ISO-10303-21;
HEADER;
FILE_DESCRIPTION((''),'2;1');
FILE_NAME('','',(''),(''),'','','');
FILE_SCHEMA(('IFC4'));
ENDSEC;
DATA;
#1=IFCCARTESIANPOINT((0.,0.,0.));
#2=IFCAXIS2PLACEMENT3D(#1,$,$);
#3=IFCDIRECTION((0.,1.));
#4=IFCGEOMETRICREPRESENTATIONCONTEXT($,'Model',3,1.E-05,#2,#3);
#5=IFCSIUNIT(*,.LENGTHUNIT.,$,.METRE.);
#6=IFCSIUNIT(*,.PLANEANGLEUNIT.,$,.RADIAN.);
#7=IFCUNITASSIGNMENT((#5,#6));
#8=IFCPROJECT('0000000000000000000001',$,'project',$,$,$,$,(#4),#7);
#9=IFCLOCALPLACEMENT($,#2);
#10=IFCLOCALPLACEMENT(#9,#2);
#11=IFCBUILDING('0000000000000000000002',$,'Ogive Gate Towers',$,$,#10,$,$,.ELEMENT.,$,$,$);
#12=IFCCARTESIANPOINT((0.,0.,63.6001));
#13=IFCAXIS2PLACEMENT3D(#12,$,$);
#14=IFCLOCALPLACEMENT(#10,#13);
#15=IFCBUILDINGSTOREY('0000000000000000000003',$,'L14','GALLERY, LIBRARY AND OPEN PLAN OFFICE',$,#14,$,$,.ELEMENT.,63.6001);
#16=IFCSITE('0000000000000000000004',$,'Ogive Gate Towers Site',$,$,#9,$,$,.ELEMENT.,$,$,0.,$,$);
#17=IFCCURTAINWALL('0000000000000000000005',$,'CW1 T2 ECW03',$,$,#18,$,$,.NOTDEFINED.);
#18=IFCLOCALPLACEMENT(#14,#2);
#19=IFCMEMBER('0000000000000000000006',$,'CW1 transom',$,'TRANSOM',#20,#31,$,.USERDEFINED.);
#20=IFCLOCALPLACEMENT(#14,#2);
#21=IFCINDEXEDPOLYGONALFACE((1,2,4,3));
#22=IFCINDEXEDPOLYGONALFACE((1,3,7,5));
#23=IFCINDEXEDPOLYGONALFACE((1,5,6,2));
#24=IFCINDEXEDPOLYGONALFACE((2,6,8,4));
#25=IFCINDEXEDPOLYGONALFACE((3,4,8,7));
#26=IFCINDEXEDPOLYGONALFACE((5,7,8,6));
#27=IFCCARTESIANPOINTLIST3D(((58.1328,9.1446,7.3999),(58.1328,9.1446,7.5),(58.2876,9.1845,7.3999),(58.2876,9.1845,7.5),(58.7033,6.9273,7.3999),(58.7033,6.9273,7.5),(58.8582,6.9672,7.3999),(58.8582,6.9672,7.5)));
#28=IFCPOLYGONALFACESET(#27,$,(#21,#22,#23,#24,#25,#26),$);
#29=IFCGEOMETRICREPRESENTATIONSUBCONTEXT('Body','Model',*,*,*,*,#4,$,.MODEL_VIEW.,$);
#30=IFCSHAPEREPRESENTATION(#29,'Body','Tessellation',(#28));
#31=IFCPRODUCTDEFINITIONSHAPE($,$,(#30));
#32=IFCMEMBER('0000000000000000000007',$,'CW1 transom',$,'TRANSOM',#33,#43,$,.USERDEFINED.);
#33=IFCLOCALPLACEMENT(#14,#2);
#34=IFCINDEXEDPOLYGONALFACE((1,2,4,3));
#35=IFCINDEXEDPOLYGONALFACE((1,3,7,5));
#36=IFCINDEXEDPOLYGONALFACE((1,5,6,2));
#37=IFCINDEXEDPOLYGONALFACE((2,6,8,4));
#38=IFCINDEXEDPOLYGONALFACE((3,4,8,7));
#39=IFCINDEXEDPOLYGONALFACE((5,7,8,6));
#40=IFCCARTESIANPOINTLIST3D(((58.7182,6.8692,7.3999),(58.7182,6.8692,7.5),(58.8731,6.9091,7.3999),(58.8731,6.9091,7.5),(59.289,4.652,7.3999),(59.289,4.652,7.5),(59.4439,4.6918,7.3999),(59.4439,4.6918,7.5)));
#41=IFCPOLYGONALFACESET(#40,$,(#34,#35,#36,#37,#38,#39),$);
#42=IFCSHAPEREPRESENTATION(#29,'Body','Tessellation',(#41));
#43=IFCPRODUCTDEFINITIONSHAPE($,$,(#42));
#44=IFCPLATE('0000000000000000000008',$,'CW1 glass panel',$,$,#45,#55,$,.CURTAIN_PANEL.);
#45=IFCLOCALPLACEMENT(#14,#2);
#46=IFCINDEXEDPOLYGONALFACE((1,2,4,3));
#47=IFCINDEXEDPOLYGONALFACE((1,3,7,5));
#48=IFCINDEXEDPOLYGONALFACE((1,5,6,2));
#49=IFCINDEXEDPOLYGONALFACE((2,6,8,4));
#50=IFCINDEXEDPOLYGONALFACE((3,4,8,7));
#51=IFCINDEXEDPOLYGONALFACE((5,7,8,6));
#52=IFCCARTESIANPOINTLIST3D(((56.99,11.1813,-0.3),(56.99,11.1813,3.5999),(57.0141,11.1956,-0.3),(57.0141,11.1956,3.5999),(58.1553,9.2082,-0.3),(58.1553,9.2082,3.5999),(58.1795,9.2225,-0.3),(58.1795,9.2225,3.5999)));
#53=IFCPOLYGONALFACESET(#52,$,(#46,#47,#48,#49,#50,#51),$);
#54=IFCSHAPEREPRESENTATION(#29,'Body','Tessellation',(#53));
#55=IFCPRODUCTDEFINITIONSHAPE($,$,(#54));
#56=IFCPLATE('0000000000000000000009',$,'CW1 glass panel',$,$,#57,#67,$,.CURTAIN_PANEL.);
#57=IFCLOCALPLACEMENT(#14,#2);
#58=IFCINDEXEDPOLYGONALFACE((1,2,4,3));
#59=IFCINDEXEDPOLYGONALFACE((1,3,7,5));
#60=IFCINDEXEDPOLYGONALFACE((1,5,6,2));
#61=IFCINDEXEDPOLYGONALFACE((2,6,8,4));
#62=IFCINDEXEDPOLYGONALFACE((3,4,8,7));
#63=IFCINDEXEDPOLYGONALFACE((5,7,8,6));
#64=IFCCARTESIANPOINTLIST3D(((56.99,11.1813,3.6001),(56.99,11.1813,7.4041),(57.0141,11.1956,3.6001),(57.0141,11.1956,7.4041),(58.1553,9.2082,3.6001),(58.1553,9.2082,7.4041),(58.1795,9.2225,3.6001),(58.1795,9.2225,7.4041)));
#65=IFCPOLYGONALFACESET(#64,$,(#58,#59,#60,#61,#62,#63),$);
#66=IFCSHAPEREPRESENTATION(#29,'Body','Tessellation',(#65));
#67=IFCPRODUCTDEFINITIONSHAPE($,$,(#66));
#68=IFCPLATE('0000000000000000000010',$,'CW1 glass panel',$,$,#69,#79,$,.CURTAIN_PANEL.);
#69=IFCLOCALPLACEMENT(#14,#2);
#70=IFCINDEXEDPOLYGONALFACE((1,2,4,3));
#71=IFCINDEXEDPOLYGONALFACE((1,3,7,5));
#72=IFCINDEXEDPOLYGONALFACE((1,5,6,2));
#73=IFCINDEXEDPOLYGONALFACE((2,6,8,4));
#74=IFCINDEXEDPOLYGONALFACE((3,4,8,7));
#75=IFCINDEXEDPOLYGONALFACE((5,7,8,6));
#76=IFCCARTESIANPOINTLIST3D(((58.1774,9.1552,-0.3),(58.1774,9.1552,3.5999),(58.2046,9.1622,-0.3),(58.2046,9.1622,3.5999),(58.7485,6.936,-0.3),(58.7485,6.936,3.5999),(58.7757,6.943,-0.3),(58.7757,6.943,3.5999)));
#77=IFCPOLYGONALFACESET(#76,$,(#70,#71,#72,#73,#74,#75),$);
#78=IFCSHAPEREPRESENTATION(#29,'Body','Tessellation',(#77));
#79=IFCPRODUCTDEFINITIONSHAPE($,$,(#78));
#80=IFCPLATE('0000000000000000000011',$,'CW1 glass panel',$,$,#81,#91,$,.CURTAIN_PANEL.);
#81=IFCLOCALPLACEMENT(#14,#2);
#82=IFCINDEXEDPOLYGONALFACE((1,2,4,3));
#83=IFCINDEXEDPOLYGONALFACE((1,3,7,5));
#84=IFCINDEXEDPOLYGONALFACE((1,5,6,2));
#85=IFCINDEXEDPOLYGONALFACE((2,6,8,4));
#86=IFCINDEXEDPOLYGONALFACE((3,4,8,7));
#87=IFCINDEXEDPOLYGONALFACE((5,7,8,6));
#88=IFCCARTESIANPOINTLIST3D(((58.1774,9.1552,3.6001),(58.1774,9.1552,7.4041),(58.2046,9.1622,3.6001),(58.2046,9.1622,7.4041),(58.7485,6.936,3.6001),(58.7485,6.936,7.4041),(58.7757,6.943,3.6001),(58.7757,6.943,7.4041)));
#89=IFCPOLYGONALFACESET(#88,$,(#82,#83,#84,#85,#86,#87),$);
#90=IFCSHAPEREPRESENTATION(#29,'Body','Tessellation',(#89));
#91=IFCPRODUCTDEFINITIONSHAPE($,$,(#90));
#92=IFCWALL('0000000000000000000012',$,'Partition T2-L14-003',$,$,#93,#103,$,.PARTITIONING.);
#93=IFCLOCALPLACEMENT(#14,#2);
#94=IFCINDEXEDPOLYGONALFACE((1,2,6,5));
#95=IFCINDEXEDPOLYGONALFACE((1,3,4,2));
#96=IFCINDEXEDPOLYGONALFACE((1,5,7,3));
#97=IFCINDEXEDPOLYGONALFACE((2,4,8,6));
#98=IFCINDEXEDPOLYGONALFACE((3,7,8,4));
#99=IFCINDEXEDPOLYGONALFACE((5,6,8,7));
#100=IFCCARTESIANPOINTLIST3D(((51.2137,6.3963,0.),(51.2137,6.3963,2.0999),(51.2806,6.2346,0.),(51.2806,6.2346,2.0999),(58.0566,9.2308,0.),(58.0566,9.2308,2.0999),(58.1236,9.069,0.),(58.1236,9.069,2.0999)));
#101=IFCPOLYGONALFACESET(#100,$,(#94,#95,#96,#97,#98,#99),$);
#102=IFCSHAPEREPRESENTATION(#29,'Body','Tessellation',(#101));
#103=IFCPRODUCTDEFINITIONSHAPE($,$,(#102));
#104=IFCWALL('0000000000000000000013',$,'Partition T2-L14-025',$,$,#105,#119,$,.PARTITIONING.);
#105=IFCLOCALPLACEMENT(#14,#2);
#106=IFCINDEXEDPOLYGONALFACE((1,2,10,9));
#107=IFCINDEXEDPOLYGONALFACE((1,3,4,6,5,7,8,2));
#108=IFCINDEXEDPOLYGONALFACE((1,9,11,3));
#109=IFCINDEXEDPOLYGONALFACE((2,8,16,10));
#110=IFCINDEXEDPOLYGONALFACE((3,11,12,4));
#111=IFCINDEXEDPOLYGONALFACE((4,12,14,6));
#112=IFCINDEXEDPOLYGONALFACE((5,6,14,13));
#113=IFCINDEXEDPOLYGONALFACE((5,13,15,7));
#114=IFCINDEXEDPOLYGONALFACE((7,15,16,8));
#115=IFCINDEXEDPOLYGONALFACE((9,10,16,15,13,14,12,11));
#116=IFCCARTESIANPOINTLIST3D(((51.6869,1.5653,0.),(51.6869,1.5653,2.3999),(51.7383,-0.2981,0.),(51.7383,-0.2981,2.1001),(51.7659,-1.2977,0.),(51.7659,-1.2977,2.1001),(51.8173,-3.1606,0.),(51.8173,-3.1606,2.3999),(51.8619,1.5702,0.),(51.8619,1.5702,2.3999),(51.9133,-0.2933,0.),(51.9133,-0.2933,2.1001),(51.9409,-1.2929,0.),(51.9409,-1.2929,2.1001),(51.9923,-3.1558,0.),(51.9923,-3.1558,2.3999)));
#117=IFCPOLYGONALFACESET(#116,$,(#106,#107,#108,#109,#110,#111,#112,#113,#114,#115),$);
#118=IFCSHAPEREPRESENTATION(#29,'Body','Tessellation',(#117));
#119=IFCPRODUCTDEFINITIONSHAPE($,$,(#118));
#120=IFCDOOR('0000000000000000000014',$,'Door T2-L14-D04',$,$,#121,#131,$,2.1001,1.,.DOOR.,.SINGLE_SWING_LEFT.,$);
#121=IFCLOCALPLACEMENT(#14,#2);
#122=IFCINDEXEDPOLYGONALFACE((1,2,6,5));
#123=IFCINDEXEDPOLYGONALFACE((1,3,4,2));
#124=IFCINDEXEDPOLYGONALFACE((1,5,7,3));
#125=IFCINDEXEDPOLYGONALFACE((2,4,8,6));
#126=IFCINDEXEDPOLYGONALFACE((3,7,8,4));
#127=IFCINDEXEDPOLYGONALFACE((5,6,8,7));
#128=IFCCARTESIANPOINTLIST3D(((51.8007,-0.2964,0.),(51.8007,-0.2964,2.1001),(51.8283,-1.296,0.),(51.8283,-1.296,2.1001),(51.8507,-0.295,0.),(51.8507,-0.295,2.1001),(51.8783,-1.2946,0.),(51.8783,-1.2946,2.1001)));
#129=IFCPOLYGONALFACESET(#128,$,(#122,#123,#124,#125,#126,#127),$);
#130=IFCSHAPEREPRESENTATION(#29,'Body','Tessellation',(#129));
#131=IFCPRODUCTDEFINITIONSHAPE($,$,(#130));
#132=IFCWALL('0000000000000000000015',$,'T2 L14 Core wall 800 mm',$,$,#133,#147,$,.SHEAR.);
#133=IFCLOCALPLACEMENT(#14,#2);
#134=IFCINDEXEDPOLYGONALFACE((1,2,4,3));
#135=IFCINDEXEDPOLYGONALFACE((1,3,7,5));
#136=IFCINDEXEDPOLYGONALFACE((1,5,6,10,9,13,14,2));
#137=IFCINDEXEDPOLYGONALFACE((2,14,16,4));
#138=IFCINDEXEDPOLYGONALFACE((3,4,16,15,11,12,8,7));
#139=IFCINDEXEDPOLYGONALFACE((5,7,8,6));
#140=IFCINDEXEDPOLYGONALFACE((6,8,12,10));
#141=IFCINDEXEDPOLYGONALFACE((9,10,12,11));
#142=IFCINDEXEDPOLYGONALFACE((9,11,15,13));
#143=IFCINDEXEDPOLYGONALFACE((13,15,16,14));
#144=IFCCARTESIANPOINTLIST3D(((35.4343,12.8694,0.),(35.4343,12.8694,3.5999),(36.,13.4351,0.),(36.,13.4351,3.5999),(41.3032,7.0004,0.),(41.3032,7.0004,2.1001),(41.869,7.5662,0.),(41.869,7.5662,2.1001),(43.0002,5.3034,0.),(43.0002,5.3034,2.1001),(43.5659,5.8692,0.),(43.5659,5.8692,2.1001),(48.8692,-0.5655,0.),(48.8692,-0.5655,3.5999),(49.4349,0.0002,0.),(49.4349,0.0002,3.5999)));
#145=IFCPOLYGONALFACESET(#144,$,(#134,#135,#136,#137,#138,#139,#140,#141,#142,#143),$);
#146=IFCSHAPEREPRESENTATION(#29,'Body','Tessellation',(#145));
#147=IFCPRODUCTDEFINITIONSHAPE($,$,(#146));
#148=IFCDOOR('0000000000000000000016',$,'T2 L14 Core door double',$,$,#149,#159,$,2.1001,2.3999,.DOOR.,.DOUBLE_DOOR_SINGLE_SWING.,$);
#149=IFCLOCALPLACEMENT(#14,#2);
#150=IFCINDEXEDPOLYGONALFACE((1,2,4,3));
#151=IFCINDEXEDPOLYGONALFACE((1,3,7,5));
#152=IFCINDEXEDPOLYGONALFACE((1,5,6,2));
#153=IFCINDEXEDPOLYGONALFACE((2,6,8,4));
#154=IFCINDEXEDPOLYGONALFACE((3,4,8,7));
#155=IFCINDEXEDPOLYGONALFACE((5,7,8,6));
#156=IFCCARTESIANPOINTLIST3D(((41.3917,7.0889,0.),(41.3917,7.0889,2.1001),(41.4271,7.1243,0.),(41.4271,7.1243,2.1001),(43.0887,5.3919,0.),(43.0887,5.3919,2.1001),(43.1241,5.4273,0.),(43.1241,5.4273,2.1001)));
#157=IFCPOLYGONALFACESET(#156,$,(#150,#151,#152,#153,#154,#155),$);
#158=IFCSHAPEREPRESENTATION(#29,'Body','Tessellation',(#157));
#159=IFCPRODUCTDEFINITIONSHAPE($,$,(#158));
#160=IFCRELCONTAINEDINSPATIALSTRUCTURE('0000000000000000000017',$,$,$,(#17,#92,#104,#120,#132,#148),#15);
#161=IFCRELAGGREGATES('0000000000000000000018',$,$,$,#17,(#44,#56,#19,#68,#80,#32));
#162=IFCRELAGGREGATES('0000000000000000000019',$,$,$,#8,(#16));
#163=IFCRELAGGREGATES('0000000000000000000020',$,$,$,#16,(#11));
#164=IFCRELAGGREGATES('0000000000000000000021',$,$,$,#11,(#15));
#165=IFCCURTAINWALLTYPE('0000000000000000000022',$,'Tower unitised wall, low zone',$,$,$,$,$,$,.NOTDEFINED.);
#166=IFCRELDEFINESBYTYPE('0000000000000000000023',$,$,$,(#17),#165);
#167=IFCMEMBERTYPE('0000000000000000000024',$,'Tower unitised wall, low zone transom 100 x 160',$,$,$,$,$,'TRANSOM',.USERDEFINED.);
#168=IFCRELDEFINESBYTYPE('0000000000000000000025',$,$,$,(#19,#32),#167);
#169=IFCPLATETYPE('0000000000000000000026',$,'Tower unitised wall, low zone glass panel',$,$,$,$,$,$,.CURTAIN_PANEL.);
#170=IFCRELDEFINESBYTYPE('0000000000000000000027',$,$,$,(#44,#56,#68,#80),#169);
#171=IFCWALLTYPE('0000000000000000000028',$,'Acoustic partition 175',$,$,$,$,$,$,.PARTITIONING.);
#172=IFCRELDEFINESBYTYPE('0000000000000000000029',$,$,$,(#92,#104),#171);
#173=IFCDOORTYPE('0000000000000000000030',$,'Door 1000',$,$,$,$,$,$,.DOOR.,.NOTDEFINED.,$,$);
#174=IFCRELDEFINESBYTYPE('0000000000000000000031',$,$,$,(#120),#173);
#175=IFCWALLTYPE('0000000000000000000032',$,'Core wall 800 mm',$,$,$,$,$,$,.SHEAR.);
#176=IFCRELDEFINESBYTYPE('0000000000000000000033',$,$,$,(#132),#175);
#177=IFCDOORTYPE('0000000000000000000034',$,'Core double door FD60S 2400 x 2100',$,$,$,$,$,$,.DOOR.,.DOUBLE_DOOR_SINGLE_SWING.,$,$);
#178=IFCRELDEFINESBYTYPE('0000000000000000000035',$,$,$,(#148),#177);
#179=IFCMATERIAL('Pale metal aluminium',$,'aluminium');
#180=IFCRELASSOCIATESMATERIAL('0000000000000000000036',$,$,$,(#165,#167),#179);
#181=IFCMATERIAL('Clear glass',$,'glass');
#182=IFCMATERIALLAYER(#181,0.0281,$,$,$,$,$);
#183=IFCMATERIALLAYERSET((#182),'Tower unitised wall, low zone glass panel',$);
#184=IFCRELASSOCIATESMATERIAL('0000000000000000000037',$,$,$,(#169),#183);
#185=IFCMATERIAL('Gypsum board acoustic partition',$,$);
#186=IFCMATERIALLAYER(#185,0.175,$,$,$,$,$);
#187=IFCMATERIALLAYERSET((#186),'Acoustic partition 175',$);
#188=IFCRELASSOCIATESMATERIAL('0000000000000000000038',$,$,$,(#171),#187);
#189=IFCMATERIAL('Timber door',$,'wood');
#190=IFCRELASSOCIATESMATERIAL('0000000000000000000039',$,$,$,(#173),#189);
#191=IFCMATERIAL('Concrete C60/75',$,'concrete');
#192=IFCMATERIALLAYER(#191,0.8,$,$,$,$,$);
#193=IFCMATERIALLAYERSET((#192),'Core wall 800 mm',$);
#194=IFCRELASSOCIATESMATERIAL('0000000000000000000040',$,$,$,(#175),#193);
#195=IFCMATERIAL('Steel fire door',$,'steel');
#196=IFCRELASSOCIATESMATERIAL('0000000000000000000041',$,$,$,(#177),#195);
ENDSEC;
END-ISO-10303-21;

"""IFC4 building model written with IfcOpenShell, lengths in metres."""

from ifc_helpers import new_model, si_unit, direction, frame, frame_2d, origin, origin_2d, place, context, subcontext, project, spatial, rectangle, extrude, material, layer, layer_set, material_profile, profile_set, type_object, element, fill, aggregate, save


model = new_model("IFC4")

# Units and contexts
model_context = context("Model", 3, precision=1e-05, world=origin(), true_north=direction((0.0, 1.0)))
body_context = subcontext(model_context, "Body", "Model", "MODEL_VIEW")
ifc_project = project(units=[si_unit("LENGTHUNIT", "METRE"), si_unit("PLANEANGLEUNIT", "RADIAN")], contexts=[model_context])

# Site, building, storey
site_placement = place(None, origin())
site = spatial("IfcSite", under=ifc_project, at=site_placement, Name="Ogive Gate Towers Site", CompositionType="ELEMENT", RefElevation=0.0)
building_placement = place(site_placement, origin())
building = spatial("IfcBuilding", under=site, at=building_placement, Name="Ogive Gate Towers", CompositionType="ELEMENT")
storey_placement = place(building_placement, frame((0.0, 0.0, 63.6001)))
storey = spatial("IfcBuildingStorey", under=building, at=storey_placement, Name="L14", Description="GALLERY, LIBRARY AND OPEN PLAN OFFICE", CompositionType="ELEMENT", Elevation=63.6001)

# Curtain wall, members, plates
ifc_material_1 = material(Name="Pale metal aluminium", Category="aluminium")
curtain_wall_type = type_object("IfcCurtainWallType", Name="Tower unitised wall, low zone", PredefinedType="NOTDEFINED", material=ifc_material_1)
curtain_wall_placement = place(storey_placement, origin())
curtain_wall = element("IfcCurtainWall", 1, at=curtain_wall_placement, inside=storey, type_object=curtain_wall_type, Name="CW1 T2 ECW03", PredefinedType="NOTDEFINED")
ifc_material_profile_1 = material_profile(ifc_material_1, rectangle(XDim=0.1599, YDim=0.1001, at=origin_2d()), Name="100 x 160 aluminium box")
ifc_profile_set_1 = profile_set([ifc_material_profile_1], Name="Pale metal aluminium")
member_type_1 = type_object("IfcMemberType", Name="Tower unitised wall, low zone transom 100 x 160", ElementType="TRANSOM", PredefinedType="USERDEFINED", material=ifc_profile_set_1)
member_1_placement = place(storey_placement, frame((58.2102, 9.1646, 7.45), z_axis=(0.249204, -0.968451, 0.0), x_axis=(0.968451, 0.249204, 0.0)))
member_1 = element("IfcMember", 2, at=member_1_placement, type_object=member_type_1, Name="CW1 transom", ObjectType="TRANSOM", PredefinedType="USERDEFINED", context=body_context, shape_type="SweptSolid", body=[
    extrude(rectangle(XDim=0.1599, YDim=0.1001, at=origin_2d()), origin(), (0.0, 0.0, 1.0), 2.2896),
])
member_2_placement = place(storey_placement, frame((58.7957, 6.8892, 7.45), z_axis=(0.249304, -0.968425, 0.0), x_axis=(0.968425, 0.249304, 0.0)))
member_2 = element("IfcMember", 3, at=member_2_placement, type_object=member_type_1, Name="CW1 transom", ObjectType="TRANSOM", PredefinedType="USERDEFINED", context=body_context, shape_type="SweptSolid", body=[
    extrude(rectangle(XDim=0.1599, YDim=0.1001, at=origin_2d()), origin(), (0.0, 0.0, 1.0), 2.2896),
])
ifc_material_2 = material(Name="Clear glass", Category="glass")
ifc_layer_1 = layer(ifc_material_2, 0.0281)
ifc_layer_set_1 = layer_set([ifc_layer_1], Name="Tower unitised wall, low zone glass panel")
plate_type = type_object("IfcPlateType", Name="Tower unitised wall, low zone glass panel", PredefinedType="CURTAIN_PANEL", material=ifc_layer_set_1)
plate_1_placement = place(storey_placement, frame((57.5847, 10.2019, -0.3), z_axis=(0.0, 0.0, 1.0), x_axis=(0.508546, -0.861035, 0.0)))
plate_1 = element("IfcPlate", 4, at=plate_1_placement, type_object=plate_type, Name="CW1 glass panel", PredefinedType="CURTAIN_PANEL", context=body_context, shape_type="SweptSolid", body=[
    extrude(rectangle(XDim=2.2915, YDim=0.0281, at=origin_2d()), origin(), (0.0, 0.0, 1.0), 3.8999),
])
plate_2_placement = place(storey_placement, frame((57.5847, 10.2019, 3.6001), z_axis=(0.0, 0.0, 1.0), x_axis=(0.508546, -0.861035, 0.0)))
plate_2 = element("IfcPlate", 5, at=plate_2_placement, type_object=plate_type, Name="CW1 glass panel", PredefinedType="CURTAIN_PANEL", context=body_context, shape_type="SweptSolid", body=[
    extrude(rectangle(XDim=2.2915, YDim=0.0281, at=origin_2d()), origin(), (0.0, 0.0, 1.0), 3.804),
])
plate_3_placement = place(storey_placement, frame((58.4766, 8.0491, -0.3), z_axis=(0.0, 0.0, 1.0), x_axis=(0.249248, -0.96844, 0.0)))
plate_3 = element("IfcPlate", 6, at=plate_3_placement, type_object=plate_type, Name="CW1 glass panel", PredefinedType="CURTAIN_PANEL", context=body_context, shape_type="SweptSolid", body=[
    extrude(rectangle(XDim=2.2915, YDim=0.0281, at=origin_2d()), origin(), (0.0, 0.0, 1.0), 3.8999),
])
plate_4_placement = place(storey_placement, frame((58.4766, 8.0491, 3.6001), z_axis=(0.0, 0.0, 1.0), x_axis=(0.249248, -0.96844, 0.0)))
plate_4 = element("IfcPlate", 7, at=plate_4_placement, type_object=plate_type, Name="CW1 glass panel", PredefinedType="CURTAIN_PANEL", context=body_context, shape_type="SweptSolid", body=[
    extrude(rectangle(XDim=2.2915, YDim=0.0281, at=origin_2d()), origin(), (0.0, 0.0, 1.0), 3.804),
])
aggregate(curtain_wall, [plate_1, plate_2, member_1, plate_3, plate_4, member_2])

# Wall
ifc_material_3 = material(Name="Gypsum board acoustic partition")
ifc_layer_2 = layer(ifc_material_3, 0.175)
ifc_layer_set_2 = layer_set([ifc_layer_2], Name="Acoustic partition 175")
wall_type_1 = type_object("IfcWallType", Name="Acoustic partition 175", PredefinedType="PARTITIONING", material=ifc_layer_set_2)
wall_1_placement = place(storey_placement, frame((58.0901, 9.1499, 0.0), z_axis=(0.0, 0.0, 1.0), x_axis=(-0.923879, -0.382684, 0.0)))
element("IfcWall", 8, at=wall_1_placement, inside=storey, type_object=wall_type_1, Name="Partition T2-L14-003", PredefinedType="PARTITIONING", context=body_context, shape_type="SweptSolid", body=[
    extrude(rectangle(XDim=7.4067, YDim=0.175, at=frame_2d((3.7034, 0.0))), origin(), (0.0, 0.0, 1.0), 2.0999),
])

# Walls, openings, doors
wall_2_placement = place(storey_placement, frame((51.7744, 1.5676, 0.0), z_axis=(0.0, 0.0, 1.0), x_axis=(0.027575, -0.99962, 0.0)))
wall_2 = element("IfcWall", 9, at=wall_2_placement, inside=storey, type_object=wall_type_1, Name="Partition T2-L14-025", PredefinedType="PARTITIONING", context=body_context, shape_type="SweptSolid", body=[
    extrude(rectangle(XDim=4.7278, YDim=0.175, at=frame_2d((2.3638, 0.0))), origin(), (0.0, 0.0, 1.0), 2.3999),
])
opening_1_placement = place(wall_2_placement, frame((1.864, 0.0, 0.0)))
opening_1 = element("IfcOpeningElement", 10, at=opening_1_placement, cuts=wall_2, PredefinedType="OPENING", context=body_context, shape_type="SweptSolid", body=[
    extrude(rectangle(XDim=1.0, YDim=2.1001, at=frame_2d((0.5, 1.05))), frame((0.0, 0.0977, 0.0), z_axis=(0.0, -1.0, 0.0), x_axis=(1.0, 0.0, 0.0)), (0.0, 0.0, 1.0), 0.1951),
])
ifc_material_4 = material(Name="Timber door", Category="wood")
door_type_1 = type_object("IfcDoorType", Name="Door 1000", OperationType="NOTDEFINED", PredefinedType="DOOR", material=ifc_material_4)
door_1_placement = place(opening_1_placement, origin())
door_1 = element("IfcDoor", 11, at=door_1_placement, inside=storey, type_object=door_type_1, Name="Door T2-L14-D04", OperationType="SINGLE_SWING_LEFT", OverallHeight=2.1001, OverallWidth=1.0, PredefinedType="DOOR", context=body_context, shape_type="SweptSolid", body=[
    extrude(rectangle(XDim=1.0, YDim=2.1001, at=frame_2d((0.5, 1.05))), frame((0.0, 0.0249, 0.0), z_axis=(0.0, -1.0, 0.0), x_axis=(1.0, 0.0, 0.0)), (0.0, 0.0, 1.0), 0.05),
])
fill(opening_1, door_1)
ifc_material_5 = material(Name="Concrete C60/75", Category="concrete")
ifc_layer_3 = layer(ifc_material_5, 0.8)
ifc_layer_set_3 = layer_set([ifc_layer_3], Name="Core wall 800 mm")
wall_type_2 = type_object("IfcWallType", Name="Core wall 800 mm", PredefinedType="SHEAR", material=ifc_layer_set_3)
wall_3_placement = place(storey_placement, frame((49.1521, -0.2827, 0.0), z_axis=(0.0, 0.0, 1.0), x_axis=(-0.707107, 0.707107, 0.0)))
wall_3 = element("IfcWall", 12, at=wall_3_placement, inside=storey, type_object=wall_type_2, Name="T2 L14 Core wall 800 mm", PredefinedType="SHEAR", context=body_context, shape_type="SweptSolid", body=[
    extrude(rectangle(XDim=18.9998, YDim=0.8, at=frame_2d((9.5, 0.0))), origin(), (0.0, 0.0, 1.0), 3.5999),
])
opening_2_placement = place(wall_3_placement, frame((8.3, 0.0, 0.0)))
opening_2 = element("IfcOpeningElement", 13, at=opening_2_placement, cuts=wall_3, PredefinedType="OPENING", context=body_context, shape_type="SweptSolid", body=[
    extrude(rectangle(XDim=2.3999, YDim=2.1001, at=frame_2d((1.2, 1.05))), frame((0.0, 0.4102, 0.0), z_axis=(0.0, -1.0, 0.0), x_axis=(1.0, 0.0, 0.0)), (0.0, 0.0, 1.0), 0.8201),
])
ifc_material_6 = material(Name="Steel fire door", Category="steel")
door_type_2 = type_object("IfcDoorType", Name="Core double door FD60S 2400 x 2100", OperationType="DOUBLE_DOOR_SINGLE_SWING", PredefinedType="DOOR", material=ifc_material_6)
door_2_placement = place(opening_2_placement, origin())
door_2 = element("IfcDoor", 14, at=door_2_placement, inside=storey, type_object=door_type_2, Name="T2 L14 Core door double", OperationType="DOUBLE_DOOR_SINGLE_SWING", OverallHeight=2.1001, OverallWidth=2.3999, PredefinedType="DOOR", context=body_context, shape_type="SweptSolid", body=[
    extrude(rectangle(XDim=2.3999, YDim=2.1001, at=frame_2d((1.2, 1.05))), frame((0.0, 0.2749, 0.0), z_axis=(0.0, -1.0, 0.0), x_axis=(1.0, 0.0, 0.0)), (0.0, 0.0, 1.0), 0.05),
])
fill(opening_2, door_2)

save(model, "model.ifc")
